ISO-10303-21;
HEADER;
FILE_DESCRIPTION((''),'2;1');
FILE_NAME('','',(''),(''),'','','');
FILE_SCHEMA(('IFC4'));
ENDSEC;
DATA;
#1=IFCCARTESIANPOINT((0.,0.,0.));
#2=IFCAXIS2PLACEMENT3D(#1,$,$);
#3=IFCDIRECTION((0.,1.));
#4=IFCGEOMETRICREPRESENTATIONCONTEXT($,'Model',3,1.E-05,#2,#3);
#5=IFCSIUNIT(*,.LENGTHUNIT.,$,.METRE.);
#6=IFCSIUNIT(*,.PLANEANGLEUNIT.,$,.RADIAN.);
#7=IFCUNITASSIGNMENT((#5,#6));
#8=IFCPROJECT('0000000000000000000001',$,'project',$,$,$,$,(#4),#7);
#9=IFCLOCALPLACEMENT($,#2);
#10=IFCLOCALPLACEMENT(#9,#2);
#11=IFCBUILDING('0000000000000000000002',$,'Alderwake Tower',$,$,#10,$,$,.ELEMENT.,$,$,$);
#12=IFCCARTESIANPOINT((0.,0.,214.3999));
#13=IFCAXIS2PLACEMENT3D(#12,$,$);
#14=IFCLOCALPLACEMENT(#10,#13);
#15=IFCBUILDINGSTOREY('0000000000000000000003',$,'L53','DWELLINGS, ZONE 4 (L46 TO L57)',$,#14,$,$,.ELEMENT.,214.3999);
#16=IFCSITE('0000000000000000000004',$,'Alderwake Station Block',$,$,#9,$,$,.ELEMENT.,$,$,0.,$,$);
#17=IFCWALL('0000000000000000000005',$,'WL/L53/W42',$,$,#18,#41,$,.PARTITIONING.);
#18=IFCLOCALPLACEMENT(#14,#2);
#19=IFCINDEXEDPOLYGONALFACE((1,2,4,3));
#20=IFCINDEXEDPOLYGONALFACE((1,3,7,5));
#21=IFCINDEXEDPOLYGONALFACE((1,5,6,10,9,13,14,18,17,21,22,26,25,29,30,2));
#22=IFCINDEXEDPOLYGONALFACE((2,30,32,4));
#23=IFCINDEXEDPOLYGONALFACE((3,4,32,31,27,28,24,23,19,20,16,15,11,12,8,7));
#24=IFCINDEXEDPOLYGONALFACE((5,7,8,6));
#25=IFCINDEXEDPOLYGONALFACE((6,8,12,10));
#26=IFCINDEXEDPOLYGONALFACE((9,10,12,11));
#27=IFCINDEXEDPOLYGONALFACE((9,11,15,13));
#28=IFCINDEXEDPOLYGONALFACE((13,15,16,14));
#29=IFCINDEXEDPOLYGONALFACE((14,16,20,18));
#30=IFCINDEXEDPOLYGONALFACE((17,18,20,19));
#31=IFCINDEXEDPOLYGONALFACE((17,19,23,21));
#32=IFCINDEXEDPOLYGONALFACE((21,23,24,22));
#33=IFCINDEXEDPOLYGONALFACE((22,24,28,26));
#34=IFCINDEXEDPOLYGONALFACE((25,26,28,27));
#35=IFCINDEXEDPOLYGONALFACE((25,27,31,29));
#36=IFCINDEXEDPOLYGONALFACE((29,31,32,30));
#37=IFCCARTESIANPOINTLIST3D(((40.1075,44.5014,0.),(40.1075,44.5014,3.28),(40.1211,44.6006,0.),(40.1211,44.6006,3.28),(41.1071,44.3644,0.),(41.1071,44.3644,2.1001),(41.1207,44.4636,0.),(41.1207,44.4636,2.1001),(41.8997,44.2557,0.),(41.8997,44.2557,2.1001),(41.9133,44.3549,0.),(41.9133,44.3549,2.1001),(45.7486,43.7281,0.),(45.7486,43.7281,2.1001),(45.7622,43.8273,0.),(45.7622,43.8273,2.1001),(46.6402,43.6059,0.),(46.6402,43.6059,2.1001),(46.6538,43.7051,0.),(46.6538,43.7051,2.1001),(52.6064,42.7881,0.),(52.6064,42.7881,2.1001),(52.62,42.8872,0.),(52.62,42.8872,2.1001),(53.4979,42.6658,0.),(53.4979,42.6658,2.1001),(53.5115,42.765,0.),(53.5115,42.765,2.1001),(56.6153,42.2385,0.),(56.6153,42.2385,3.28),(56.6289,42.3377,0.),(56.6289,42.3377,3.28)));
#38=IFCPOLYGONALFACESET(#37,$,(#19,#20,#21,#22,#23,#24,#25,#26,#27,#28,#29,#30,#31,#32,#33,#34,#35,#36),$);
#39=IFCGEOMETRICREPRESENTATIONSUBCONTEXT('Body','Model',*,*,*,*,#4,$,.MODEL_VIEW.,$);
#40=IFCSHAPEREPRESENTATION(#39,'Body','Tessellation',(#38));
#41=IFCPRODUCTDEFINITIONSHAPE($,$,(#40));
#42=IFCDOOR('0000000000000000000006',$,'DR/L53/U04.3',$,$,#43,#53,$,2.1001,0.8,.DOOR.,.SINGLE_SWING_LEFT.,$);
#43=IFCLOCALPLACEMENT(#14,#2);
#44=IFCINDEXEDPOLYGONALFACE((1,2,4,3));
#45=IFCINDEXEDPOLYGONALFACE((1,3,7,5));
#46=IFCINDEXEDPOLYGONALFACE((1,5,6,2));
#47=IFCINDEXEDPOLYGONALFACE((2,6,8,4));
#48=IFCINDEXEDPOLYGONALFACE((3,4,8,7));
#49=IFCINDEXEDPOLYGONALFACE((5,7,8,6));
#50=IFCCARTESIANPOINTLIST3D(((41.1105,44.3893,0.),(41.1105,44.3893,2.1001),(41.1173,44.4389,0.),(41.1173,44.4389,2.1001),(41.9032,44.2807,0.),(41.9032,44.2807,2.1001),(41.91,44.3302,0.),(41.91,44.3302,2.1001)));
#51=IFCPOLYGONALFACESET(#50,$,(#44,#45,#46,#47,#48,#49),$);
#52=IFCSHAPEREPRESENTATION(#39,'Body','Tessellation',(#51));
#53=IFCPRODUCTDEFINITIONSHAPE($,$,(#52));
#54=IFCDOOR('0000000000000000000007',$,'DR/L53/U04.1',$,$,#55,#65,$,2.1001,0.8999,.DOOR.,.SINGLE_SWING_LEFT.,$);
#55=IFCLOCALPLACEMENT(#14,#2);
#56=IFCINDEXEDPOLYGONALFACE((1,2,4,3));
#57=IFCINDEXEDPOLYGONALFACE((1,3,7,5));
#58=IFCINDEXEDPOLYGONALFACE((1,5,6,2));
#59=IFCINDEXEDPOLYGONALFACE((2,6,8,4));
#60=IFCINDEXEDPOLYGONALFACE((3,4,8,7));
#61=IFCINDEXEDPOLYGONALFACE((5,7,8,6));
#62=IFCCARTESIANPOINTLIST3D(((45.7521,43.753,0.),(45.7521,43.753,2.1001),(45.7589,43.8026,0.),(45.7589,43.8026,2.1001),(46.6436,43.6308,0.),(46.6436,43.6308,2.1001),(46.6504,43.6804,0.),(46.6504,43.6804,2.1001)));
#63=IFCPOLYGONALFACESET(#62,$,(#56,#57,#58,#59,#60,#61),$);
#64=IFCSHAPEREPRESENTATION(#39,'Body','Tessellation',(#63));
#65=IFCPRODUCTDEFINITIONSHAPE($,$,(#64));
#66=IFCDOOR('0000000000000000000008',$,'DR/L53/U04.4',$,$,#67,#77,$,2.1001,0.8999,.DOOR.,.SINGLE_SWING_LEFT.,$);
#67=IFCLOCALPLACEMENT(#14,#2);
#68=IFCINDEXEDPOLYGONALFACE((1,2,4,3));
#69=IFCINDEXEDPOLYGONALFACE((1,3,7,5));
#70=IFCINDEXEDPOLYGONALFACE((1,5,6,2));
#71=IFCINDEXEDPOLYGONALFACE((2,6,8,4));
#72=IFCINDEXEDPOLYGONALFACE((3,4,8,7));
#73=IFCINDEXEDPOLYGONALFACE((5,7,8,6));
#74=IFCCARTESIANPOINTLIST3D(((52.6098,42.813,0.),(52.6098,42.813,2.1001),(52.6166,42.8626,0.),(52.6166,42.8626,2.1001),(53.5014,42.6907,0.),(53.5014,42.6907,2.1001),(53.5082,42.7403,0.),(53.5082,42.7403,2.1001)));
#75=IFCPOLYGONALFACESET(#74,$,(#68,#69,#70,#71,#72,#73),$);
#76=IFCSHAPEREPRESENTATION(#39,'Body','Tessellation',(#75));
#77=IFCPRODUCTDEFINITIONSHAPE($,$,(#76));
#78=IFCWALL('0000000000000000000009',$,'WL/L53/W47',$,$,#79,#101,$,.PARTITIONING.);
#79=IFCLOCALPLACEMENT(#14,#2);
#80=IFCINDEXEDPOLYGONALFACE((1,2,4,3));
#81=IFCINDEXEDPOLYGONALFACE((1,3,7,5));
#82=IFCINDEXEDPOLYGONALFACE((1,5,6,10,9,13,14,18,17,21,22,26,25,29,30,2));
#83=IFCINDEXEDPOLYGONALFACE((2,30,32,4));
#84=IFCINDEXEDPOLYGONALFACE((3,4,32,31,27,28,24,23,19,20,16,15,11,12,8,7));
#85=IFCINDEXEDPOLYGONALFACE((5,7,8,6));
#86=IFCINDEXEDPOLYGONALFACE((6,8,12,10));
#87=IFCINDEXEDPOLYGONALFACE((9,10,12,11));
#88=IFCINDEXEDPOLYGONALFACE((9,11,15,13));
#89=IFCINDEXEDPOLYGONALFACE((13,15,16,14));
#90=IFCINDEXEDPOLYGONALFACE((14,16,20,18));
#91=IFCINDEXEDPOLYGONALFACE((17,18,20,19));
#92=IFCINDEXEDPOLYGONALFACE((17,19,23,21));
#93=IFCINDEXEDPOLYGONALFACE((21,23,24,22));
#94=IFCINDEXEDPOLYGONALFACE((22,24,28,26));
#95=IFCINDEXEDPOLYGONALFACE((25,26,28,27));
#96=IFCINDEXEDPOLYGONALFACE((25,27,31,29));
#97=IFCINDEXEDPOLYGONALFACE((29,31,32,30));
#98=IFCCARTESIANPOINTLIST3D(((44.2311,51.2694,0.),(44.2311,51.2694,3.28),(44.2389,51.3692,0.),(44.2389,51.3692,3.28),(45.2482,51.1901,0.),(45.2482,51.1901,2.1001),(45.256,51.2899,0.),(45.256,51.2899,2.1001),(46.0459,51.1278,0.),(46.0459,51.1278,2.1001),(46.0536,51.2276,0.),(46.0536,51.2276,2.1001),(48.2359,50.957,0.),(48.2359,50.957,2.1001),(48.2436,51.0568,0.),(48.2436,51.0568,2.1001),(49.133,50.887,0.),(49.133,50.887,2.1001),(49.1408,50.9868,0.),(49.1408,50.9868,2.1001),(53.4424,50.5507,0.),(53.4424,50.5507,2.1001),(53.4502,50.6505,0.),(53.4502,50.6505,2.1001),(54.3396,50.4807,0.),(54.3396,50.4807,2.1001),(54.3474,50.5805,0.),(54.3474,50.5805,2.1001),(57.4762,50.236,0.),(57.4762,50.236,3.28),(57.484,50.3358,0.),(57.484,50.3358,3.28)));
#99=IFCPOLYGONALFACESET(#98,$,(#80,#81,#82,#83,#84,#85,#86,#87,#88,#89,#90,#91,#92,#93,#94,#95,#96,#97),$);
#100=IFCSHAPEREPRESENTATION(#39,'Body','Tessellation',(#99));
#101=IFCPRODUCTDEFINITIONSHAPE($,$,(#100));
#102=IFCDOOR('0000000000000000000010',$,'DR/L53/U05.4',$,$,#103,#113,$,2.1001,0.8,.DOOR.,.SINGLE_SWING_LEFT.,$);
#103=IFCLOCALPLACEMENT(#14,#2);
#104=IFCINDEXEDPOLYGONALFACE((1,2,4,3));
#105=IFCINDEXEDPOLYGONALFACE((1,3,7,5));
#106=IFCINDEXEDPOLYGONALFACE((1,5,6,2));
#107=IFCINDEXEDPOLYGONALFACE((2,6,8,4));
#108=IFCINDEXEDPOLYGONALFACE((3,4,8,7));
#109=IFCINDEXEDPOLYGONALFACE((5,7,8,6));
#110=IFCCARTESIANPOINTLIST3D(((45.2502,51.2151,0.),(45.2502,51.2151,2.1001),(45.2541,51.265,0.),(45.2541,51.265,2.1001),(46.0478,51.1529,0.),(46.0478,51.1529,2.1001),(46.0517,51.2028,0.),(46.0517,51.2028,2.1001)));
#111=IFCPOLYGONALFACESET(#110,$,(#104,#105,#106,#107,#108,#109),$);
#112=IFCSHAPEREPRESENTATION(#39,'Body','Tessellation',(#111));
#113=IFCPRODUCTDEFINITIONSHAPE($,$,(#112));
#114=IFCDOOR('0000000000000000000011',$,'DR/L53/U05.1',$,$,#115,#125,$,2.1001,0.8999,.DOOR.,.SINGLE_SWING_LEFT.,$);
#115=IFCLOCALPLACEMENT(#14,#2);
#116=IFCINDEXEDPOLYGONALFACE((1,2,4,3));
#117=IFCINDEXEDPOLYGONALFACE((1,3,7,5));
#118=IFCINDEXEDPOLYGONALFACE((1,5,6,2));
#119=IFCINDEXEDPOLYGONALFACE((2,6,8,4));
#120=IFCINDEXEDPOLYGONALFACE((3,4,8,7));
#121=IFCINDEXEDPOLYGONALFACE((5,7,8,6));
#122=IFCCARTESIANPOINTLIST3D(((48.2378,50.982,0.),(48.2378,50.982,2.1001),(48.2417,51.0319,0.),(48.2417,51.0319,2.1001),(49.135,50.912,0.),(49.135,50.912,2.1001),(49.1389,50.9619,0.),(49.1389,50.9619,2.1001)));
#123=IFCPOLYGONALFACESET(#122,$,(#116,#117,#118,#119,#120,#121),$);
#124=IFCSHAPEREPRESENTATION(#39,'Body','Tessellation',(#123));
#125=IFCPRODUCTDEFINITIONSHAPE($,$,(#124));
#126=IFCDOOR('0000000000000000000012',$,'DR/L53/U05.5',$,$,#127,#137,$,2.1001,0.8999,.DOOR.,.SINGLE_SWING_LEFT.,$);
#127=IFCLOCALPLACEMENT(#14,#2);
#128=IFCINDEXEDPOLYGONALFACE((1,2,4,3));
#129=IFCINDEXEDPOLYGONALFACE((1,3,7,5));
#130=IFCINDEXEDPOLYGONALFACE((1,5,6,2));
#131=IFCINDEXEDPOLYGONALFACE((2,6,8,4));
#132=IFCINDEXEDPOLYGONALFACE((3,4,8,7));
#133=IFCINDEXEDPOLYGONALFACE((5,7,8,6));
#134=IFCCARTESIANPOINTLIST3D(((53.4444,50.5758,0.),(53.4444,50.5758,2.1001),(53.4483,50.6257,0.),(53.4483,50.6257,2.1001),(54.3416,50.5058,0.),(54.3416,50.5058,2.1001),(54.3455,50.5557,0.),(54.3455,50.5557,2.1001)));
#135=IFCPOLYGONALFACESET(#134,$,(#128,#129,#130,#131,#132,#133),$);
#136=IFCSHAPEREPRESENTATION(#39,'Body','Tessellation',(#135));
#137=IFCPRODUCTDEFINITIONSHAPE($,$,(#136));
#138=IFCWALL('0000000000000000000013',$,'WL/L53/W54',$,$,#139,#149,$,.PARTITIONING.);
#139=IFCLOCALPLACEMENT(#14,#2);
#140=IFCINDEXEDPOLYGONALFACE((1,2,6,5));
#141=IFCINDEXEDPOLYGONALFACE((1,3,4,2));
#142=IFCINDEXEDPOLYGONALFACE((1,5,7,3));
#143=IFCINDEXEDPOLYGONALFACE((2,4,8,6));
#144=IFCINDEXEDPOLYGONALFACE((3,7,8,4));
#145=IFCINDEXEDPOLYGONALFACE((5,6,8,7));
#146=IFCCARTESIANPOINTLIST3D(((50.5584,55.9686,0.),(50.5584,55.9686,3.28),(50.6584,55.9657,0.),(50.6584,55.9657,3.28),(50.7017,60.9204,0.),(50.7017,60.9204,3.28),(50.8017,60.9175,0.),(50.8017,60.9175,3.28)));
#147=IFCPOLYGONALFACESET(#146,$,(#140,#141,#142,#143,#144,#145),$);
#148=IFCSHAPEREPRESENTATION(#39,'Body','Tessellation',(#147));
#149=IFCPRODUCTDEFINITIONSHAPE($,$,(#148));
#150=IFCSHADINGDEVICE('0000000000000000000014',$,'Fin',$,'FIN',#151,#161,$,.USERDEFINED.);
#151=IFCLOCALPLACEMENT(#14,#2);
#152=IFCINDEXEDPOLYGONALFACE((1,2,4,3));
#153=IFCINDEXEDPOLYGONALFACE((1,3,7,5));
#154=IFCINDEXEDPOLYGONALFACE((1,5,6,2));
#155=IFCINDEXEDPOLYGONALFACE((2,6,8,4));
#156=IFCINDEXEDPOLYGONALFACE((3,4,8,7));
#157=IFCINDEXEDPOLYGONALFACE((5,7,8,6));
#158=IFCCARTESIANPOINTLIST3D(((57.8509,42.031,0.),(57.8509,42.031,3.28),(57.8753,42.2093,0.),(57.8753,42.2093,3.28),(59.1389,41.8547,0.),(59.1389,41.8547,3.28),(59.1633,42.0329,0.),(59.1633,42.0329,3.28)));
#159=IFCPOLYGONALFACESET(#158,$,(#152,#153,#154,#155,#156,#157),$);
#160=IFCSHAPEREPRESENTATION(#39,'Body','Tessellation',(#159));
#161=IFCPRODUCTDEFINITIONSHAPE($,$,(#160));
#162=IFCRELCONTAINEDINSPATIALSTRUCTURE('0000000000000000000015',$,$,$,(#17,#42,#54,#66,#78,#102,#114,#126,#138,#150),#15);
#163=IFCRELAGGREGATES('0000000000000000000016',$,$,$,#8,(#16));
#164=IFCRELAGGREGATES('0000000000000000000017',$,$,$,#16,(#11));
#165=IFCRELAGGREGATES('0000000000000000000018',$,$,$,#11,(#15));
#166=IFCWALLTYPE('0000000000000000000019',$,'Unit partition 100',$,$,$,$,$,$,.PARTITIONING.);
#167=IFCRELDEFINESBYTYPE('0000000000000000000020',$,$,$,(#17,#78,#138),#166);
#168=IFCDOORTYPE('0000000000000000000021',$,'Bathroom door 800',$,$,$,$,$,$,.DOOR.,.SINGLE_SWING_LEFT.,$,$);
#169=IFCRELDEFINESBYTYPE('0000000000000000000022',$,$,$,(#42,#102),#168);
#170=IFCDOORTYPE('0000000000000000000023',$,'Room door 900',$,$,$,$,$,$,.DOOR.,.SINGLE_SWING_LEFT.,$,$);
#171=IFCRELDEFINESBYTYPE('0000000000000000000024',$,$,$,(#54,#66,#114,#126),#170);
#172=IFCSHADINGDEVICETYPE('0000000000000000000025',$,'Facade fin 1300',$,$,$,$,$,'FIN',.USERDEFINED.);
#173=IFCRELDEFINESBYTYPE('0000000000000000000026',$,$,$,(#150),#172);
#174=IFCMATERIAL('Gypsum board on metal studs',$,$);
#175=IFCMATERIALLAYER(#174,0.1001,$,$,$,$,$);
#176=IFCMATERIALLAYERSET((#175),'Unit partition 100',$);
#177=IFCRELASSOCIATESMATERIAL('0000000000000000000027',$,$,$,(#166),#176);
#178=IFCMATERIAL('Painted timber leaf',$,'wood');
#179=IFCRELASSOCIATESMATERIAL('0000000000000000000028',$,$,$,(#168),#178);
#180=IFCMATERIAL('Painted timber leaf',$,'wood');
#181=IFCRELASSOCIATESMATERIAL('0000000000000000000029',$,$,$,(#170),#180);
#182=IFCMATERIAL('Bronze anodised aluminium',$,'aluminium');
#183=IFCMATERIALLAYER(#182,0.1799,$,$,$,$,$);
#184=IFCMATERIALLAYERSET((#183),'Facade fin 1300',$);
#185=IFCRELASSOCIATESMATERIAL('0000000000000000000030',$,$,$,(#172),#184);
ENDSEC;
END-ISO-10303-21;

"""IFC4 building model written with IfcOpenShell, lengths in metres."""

from ifc_helpers import new_model, si_unit, direction, frame, frame_2d, origin, origin_2d, place, context, subcontext, project, spatial, rectangle, extrude, material, layer, layer_set, type_object, element, fill, save


model = new_model("IFC4")

# Units and contexts
model_context = context("Model", 3, precision=1e-05, world=origin(), true_north=direction((0.0, 1.0)))
body_context = subcontext(model_context, "Body", "Model", "MODEL_VIEW")
ifc_project = project(units=[si_unit("LENGTHUNIT", "METRE"), si_unit("PLANEANGLEUNIT", "RADIAN")], contexts=[model_context])

# Site, building, storey
site_placement = place(None, origin())
site = spatial("IfcSite", under=ifc_project, at=site_placement, Name="Alderwake Station Block", CompositionType="ELEMENT", RefElevation=0.0)
building_placement = place(site_placement, origin())
building = spatial("IfcBuilding", under=site, at=building_placement, Name="Alderwake Tower", CompositionType="ELEMENT")
storey_placement = place(building_placement, frame((0.0, 0.0, 214.3999)))
storey = spatial("IfcBuildingStorey", under=building, at=storey_placement, Name="L53", Description="DWELLINGS, ZONE 4 (L46 TO L57)", CompositionType="ELEMENT", Elevation=214.3999)

# Walls, openings, doors
ifc_material_1 = material(Name="Gypsum board on metal studs")
ifc_layer_1 = layer(ifc_material_1, 0.1001)
ifc_layer_set_1 = layer_set([ifc_layer_1], Name="Unit partition 100")
wall_type_1 = type_object("IfcWallType", Name="Unit partition 100", PredefinedType="PARTITIONING", material=ifc_layer_set_1)
wall_1_placement = place(storey_placement, frame((56.6221, 42.2881, 0.0), z_axis=(0.0, 0.0, 1.0), x_axis=(-0.990735, 0.135813, 0.0)))
wall_1 = element("IfcWall", 1, at=wall_1_placement, inside=storey, type_object=wall_type_1, Name="WL/L53/W42", PredefinedType="PARTITIONING", context=body_context, shape_type="SweptSolid", body=[
    extrude(rectangle(XDim=16.6621, YDim=0.1001, at=frame_2d((8.3311, 0.0))), origin(), (0.0, 0.0, 1.0), 3.28),
])
opening_1_placement = place(wall_1_placement, frame((10.0684, 0.0, 0.0)))
opening_1 = element("IfcOpeningElement", 2, at=opening_1_placement, cuts=wall_1, PredefinedType="OPENING", context=body_context, shape_type="SweptSolid", body=[
    extrude(rectangle(XDim=0.8999, YDim=2.1001, at=frame_2d((0.45, 1.05))), frame((0.0, 0.0601, 0.0), z_axis=(0.0, -1.0, 0.0), x_axis=(1.0, 0.0, 0.0)), (0.0, 0.0, 1.0), 0.1201),
])
opening_2_placement = place(wall_1_placement, frame((14.8533, 0.0, 0.0)))
opening_2 = element("IfcOpeningElement", 3, at=opening_2_placement, cuts=wall_1, PredefinedType="OPENING", context=body_context, shape_type="SweptSolid", body=[
    extrude(rectangle(XDim=0.8, YDim=2.1001, at=frame_2d((0.3999, 1.05))), frame((0.0, 0.0601, 0.0), z_axis=(0.0, -1.0, 0.0), x_axis=(1.0, 0.0, 0.0)), (0.0, 0.0, 1.0), 0.1201),
])
opening_3_placement = place(wall_1_placement, frame((3.1465, 0.0, 0.0)))
opening_3 = element("IfcOpeningElement", 4, at=opening_3_placement, cuts=wall_1, PredefinedType="OPENING", context=body_context, shape_type="SweptSolid", body=[
    extrude(rectangle(XDim=0.8999, YDim=2.1001, at=frame_2d((0.45, 1.05))), frame((0.0, 0.0601, 0.0), z_axis=(0.0, -1.0, 0.0), x_axis=(1.0, 0.0, 0.0)), (0.0, 0.0, 1.0), 0.1201),
])
ifc_material_2 = material(Name="Painted timber leaf", Category="wood")
door_type_1 = type_object("IfcDoorType", Name="Bathroom door 800", OperationType="SINGLE_SWING_LEFT", PredefinedType="DOOR", material=ifc_material_2)
door_1_placement = place(opening_2_placement, origin())
door_1 = element("IfcDoor", 5, at=door_1_placement, inside=storey, type_object=door_type_1, Name="DR/L53/U04.3", OperationType="SINGLE_SWING_LEFT", OverallHeight=2.1001, OverallWidth=0.8, PredefinedType="DOOR", context=body_context, shape_type="SweptSolid", body=[
    extrude(rectangle(XDim=0.8, YDim=2.1001, at=frame_2d((0.3999, 1.05))), frame((0.0, 0.0249, 0.0), z_axis=(0.0, -1.0, 0.0), x_axis=(1.0, 0.0, 0.0)), (0.0, 0.0, 1.0), 0.05),
])
fill(opening_2, door_1)
ifc_material_3 = material(Name="Painted timber leaf", Category="wood")
door_type_2 = type_object("IfcDoorType", Name="Room door 900", OperationType="SINGLE_SWING_LEFT", PredefinedType="DOOR", material=ifc_material_3)
door_2_placement = place(opening_1_placement, origin())
door_2 = element("IfcDoor", 6, at=door_2_placement, inside=storey, type_object=door_type_2, Name="DR/L53/U04.1", OperationType="SINGLE_SWING_LEFT", OverallHeight=2.1001, OverallWidth=0.8999, PredefinedType="DOOR", context=body_context, shape_type="SweptSolid", body=[
    extrude(rectangle(XDim=0.8999, YDim=2.1001, at=frame_2d((0.45, 1.05))), frame((0.0, 0.0249, 0.0), z_axis=(0.0, -1.0, 0.0), x_axis=(1.0, 0.0, 0.0)), (0.0, 0.0, 1.0), 0.05),
])
fill(opening_1, door_2)
door_3_placement = place(opening_3_placement, origin())
door_3 = element("IfcDoor", 7, at=door_3_placement, inside=storey, type_object=door_type_2, Name="DR/L53/U04.4", OperationType="SINGLE_SWING_LEFT", OverallHeight=2.1001, OverallWidth=0.8999, PredefinedType="DOOR", context=body_context, shape_type="SweptSolid", body=[
    extrude(rectangle(XDim=0.8999, YDim=2.1001, at=frame_2d((0.45, 1.05))), frame((0.0, 0.0249, 0.0), z_axis=(0.0, -1.0, 0.0), x_axis=(1.0, 0.0, 0.0)), (0.0, 0.0, 1.0), 0.05),
])
fill(opening_3, door_3)
wall_2_placement = place(storey_placement, frame((57.48, 50.2859, 0.0), z_axis=(0.0, 0.0, 1.0), x_axis=(-0.99697, 0.077788, 0.0)))
wall_2 = element("IfcWall", 8, at=wall_2_placement, inside=storey, type_object=wall_type_1, Name="WL/L53/W47", PredefinedType="PARTITIONING", context=body_context, shape_type="SweptSolid", body=[
    extrude(rectangle(XDim=13.2854, YDim=0.1001, at=frame_2d((6.6426, 0.0))), origin(), (0.0, 0.0, 1.0), 3.28),
])
opening_4_placement = place(wall_2_placement, frame((8.3684, 0.0, 0.0)))
opening_4 = element("IfcOpeningElement", 9, at=opening_4_placement, cuts=wall_2, PredefinedType="OPENING", context=body_context, shape_type="SweptSolid", body=[
    extrude(rectangle(XDim=0.8999, YDim=2.1001, at=frame_2d((0.45, 1.05))), frame((0.0, 0.0601, 0.0), z_axis=(0.0, -1.0, 0.0), x_axis=(1.0, 0.0, 0.0)), (0.0, 0.0, 1.0), 0.1201),
])
opening_5_placement = place(wall_2_placement, frame((11.4651, 0.0, 0.0)))
opening_5 = element("IfcOpeningElement", 10, at=opening_5_placement, cuts=wall_2, PredefinedType="OPENING", context=body_context, shape_type="SweptSolid", body=[
    extrude(rectangle(XDim=0.8, YDim=2.1001, at=frame_2d((0.3999, 1.05))), frame((0.0, 0.0601, 0.0), z_axis=(0.0, -1.0, 0.0), x_axis=(1.0, 0.0, 0.0)), (0.0, 0.0, 1.0), 0.1201),
])
opening_6_placement = place(wall_2_placement, frame((3.146, 0.0, 0.0)))
opening_6 = element("IfcOpeningElement", 11, at=opening_6_placement, cuts=wall_2, PredefinedType="OPENING", context=body_context, shape_type="SweptSolid", body=[
    extrude(rectangle(XDim=0.8999, YDim=2.1001, at=frame_2d((0.45, 1.05))), frame((0.0, 0.0601, 0.0), z_axis=(0.0, -1.0, 0.0), x_axis=(1.0, 0.0, 0.0)), (0.0, 0.0, 1.0), 0.1201),
])
door_4_placement = place(opening_5_placement, origin())
door_4 = element("IfcDoor", 12, at=door_4_placement, inside=storey, type_object=door_type_1, Name="DR/L53/U05.4", OperationType="SINGLE_SWING_LEFT", OverallHeight=2.1001, OverallWidth=0.8, PredefinedType="DOOR", context=body_context, shape_type="SweptSolid", body=[
    extrude(rectangle(XDim=0.8, YDim=2.1001, at=frame_2d((0.3999, 1.05))), frame((0.0, 0.0249, 0.0), z_axis=(0.0, -1.0, 0.0), x_axis=(1.0, 0.0, 0.0)), (0.0, 0.0, 1.0), 0.05),
])
fill(opening_5, door_4)
door_5_placement = place(opening_4_placement, origin())
door_5 = element("IfcDoor", 13, at=door_5_placement, inside=storey, type_object=door_type_2, Name="DR/L53/U05.1", OperationType="SINGLE_SWING_LEFT", OverallHeight=2.1001, OverallWidth=0.8999, PredefinedType="DOOR", context=body_context, shape_type="SweptSolid", body=[
    extrude(rectangle(XDim=0.8999, YDim=2.1001, at=frame_2d((0.45, 1.05))), frame((0.0, 0.0249, 0.0), z_axis=(0.0, -1.0, 0.0), x_axis=(1.0, 0.0, 0.0)), (0.0, 0.0, 1.0), 0.05),
])
fill(opening_4, door_5)
door_6_placement = place(opening_6_placement, origin())
door_6 = element("IfcDoor", 14, at=door_6_placement, inside=storey, type_object=door_type_2, Name="DR/L53/U05.5", OperationType="SINGLE_SWING_LEFT", OverallHeight=2.1001, OverallWidth=0.8999, PredefinedType="DOOR", context=body_context, shape_type="SweptSolid", body=[
    extrude(rectangle(XDim=0.8999, YDim=2.1001, at=frame_2d((0.45, 1.05))), frame((0.0, 0.0249, 0.0), z_axis=(0.0, -1.0, 0.0), x_axis=(1.0, 0.0, 0.0)), (0.0, 0.0, 1.0), 0.05),
])
fill(opening_6, door_6)

# Wall
wall_3_placement = place(storey_placement, frame((50.6084, 55.967, 0.0), z_axis=(0.0, 0.0, 1.0), x_axis=(0.028928, 0.999581, 0.0)))
element("IfcWall", 15, at=wall_3_placement, inside=storey, type_object=wall_type_1, Name="WL/L53/W54", PredefinedType="PARTITIONING", context=body_context, shape_type="SweptSolid", body=[
    extrude(rectangle(XDim=4.9539, YDim=0.1001, at=frame_2d((2.4771, 0.0))), origin(), (0.0, 0.0, 1.0), 3.28),
])

# Shading device
ifc_material_4 = material(Name="Bronze anodised aluminium", Category="aluminium")
ifc_layer_2 = layer(ifc_material_4, 0.1799)
ifc_layer_set_2 = layer_set([ifc_layer_2], Name="Facade fin 1300")
shading_device_type_1 = type_object("IfcShadingDeviceType", Name="Facade fin 1300", ElementType="FIN", PredefinedType="USERDEFINED", material=ifc_layer_set_2)
for number, where, z_axis, x_axis, name in (
    (16, (58.5071, 42.032, 0.0), (0.0, 0.0, 1.0), (0.990753, -0.135681, 0.0), "Fin"),
):
    element("IfcShadingDevice", number, at=place(storey_placement, frame(where, z_axis=z_axis, x_axis=x_axis)), inside=storey, type_object=shading_device_type_1, Name=name, ObjectType="FIN", PredefinedType="USERDEFINED", context=body_context, shape_type="SweptSolid", body=[
        extrude(rectangle(XDim=1.3, YDim=0.1799, at=origin_2d()), origin(), (0.0, 0.0, 1.0), 3.28),
    ])

save(model, "model.ifc")
